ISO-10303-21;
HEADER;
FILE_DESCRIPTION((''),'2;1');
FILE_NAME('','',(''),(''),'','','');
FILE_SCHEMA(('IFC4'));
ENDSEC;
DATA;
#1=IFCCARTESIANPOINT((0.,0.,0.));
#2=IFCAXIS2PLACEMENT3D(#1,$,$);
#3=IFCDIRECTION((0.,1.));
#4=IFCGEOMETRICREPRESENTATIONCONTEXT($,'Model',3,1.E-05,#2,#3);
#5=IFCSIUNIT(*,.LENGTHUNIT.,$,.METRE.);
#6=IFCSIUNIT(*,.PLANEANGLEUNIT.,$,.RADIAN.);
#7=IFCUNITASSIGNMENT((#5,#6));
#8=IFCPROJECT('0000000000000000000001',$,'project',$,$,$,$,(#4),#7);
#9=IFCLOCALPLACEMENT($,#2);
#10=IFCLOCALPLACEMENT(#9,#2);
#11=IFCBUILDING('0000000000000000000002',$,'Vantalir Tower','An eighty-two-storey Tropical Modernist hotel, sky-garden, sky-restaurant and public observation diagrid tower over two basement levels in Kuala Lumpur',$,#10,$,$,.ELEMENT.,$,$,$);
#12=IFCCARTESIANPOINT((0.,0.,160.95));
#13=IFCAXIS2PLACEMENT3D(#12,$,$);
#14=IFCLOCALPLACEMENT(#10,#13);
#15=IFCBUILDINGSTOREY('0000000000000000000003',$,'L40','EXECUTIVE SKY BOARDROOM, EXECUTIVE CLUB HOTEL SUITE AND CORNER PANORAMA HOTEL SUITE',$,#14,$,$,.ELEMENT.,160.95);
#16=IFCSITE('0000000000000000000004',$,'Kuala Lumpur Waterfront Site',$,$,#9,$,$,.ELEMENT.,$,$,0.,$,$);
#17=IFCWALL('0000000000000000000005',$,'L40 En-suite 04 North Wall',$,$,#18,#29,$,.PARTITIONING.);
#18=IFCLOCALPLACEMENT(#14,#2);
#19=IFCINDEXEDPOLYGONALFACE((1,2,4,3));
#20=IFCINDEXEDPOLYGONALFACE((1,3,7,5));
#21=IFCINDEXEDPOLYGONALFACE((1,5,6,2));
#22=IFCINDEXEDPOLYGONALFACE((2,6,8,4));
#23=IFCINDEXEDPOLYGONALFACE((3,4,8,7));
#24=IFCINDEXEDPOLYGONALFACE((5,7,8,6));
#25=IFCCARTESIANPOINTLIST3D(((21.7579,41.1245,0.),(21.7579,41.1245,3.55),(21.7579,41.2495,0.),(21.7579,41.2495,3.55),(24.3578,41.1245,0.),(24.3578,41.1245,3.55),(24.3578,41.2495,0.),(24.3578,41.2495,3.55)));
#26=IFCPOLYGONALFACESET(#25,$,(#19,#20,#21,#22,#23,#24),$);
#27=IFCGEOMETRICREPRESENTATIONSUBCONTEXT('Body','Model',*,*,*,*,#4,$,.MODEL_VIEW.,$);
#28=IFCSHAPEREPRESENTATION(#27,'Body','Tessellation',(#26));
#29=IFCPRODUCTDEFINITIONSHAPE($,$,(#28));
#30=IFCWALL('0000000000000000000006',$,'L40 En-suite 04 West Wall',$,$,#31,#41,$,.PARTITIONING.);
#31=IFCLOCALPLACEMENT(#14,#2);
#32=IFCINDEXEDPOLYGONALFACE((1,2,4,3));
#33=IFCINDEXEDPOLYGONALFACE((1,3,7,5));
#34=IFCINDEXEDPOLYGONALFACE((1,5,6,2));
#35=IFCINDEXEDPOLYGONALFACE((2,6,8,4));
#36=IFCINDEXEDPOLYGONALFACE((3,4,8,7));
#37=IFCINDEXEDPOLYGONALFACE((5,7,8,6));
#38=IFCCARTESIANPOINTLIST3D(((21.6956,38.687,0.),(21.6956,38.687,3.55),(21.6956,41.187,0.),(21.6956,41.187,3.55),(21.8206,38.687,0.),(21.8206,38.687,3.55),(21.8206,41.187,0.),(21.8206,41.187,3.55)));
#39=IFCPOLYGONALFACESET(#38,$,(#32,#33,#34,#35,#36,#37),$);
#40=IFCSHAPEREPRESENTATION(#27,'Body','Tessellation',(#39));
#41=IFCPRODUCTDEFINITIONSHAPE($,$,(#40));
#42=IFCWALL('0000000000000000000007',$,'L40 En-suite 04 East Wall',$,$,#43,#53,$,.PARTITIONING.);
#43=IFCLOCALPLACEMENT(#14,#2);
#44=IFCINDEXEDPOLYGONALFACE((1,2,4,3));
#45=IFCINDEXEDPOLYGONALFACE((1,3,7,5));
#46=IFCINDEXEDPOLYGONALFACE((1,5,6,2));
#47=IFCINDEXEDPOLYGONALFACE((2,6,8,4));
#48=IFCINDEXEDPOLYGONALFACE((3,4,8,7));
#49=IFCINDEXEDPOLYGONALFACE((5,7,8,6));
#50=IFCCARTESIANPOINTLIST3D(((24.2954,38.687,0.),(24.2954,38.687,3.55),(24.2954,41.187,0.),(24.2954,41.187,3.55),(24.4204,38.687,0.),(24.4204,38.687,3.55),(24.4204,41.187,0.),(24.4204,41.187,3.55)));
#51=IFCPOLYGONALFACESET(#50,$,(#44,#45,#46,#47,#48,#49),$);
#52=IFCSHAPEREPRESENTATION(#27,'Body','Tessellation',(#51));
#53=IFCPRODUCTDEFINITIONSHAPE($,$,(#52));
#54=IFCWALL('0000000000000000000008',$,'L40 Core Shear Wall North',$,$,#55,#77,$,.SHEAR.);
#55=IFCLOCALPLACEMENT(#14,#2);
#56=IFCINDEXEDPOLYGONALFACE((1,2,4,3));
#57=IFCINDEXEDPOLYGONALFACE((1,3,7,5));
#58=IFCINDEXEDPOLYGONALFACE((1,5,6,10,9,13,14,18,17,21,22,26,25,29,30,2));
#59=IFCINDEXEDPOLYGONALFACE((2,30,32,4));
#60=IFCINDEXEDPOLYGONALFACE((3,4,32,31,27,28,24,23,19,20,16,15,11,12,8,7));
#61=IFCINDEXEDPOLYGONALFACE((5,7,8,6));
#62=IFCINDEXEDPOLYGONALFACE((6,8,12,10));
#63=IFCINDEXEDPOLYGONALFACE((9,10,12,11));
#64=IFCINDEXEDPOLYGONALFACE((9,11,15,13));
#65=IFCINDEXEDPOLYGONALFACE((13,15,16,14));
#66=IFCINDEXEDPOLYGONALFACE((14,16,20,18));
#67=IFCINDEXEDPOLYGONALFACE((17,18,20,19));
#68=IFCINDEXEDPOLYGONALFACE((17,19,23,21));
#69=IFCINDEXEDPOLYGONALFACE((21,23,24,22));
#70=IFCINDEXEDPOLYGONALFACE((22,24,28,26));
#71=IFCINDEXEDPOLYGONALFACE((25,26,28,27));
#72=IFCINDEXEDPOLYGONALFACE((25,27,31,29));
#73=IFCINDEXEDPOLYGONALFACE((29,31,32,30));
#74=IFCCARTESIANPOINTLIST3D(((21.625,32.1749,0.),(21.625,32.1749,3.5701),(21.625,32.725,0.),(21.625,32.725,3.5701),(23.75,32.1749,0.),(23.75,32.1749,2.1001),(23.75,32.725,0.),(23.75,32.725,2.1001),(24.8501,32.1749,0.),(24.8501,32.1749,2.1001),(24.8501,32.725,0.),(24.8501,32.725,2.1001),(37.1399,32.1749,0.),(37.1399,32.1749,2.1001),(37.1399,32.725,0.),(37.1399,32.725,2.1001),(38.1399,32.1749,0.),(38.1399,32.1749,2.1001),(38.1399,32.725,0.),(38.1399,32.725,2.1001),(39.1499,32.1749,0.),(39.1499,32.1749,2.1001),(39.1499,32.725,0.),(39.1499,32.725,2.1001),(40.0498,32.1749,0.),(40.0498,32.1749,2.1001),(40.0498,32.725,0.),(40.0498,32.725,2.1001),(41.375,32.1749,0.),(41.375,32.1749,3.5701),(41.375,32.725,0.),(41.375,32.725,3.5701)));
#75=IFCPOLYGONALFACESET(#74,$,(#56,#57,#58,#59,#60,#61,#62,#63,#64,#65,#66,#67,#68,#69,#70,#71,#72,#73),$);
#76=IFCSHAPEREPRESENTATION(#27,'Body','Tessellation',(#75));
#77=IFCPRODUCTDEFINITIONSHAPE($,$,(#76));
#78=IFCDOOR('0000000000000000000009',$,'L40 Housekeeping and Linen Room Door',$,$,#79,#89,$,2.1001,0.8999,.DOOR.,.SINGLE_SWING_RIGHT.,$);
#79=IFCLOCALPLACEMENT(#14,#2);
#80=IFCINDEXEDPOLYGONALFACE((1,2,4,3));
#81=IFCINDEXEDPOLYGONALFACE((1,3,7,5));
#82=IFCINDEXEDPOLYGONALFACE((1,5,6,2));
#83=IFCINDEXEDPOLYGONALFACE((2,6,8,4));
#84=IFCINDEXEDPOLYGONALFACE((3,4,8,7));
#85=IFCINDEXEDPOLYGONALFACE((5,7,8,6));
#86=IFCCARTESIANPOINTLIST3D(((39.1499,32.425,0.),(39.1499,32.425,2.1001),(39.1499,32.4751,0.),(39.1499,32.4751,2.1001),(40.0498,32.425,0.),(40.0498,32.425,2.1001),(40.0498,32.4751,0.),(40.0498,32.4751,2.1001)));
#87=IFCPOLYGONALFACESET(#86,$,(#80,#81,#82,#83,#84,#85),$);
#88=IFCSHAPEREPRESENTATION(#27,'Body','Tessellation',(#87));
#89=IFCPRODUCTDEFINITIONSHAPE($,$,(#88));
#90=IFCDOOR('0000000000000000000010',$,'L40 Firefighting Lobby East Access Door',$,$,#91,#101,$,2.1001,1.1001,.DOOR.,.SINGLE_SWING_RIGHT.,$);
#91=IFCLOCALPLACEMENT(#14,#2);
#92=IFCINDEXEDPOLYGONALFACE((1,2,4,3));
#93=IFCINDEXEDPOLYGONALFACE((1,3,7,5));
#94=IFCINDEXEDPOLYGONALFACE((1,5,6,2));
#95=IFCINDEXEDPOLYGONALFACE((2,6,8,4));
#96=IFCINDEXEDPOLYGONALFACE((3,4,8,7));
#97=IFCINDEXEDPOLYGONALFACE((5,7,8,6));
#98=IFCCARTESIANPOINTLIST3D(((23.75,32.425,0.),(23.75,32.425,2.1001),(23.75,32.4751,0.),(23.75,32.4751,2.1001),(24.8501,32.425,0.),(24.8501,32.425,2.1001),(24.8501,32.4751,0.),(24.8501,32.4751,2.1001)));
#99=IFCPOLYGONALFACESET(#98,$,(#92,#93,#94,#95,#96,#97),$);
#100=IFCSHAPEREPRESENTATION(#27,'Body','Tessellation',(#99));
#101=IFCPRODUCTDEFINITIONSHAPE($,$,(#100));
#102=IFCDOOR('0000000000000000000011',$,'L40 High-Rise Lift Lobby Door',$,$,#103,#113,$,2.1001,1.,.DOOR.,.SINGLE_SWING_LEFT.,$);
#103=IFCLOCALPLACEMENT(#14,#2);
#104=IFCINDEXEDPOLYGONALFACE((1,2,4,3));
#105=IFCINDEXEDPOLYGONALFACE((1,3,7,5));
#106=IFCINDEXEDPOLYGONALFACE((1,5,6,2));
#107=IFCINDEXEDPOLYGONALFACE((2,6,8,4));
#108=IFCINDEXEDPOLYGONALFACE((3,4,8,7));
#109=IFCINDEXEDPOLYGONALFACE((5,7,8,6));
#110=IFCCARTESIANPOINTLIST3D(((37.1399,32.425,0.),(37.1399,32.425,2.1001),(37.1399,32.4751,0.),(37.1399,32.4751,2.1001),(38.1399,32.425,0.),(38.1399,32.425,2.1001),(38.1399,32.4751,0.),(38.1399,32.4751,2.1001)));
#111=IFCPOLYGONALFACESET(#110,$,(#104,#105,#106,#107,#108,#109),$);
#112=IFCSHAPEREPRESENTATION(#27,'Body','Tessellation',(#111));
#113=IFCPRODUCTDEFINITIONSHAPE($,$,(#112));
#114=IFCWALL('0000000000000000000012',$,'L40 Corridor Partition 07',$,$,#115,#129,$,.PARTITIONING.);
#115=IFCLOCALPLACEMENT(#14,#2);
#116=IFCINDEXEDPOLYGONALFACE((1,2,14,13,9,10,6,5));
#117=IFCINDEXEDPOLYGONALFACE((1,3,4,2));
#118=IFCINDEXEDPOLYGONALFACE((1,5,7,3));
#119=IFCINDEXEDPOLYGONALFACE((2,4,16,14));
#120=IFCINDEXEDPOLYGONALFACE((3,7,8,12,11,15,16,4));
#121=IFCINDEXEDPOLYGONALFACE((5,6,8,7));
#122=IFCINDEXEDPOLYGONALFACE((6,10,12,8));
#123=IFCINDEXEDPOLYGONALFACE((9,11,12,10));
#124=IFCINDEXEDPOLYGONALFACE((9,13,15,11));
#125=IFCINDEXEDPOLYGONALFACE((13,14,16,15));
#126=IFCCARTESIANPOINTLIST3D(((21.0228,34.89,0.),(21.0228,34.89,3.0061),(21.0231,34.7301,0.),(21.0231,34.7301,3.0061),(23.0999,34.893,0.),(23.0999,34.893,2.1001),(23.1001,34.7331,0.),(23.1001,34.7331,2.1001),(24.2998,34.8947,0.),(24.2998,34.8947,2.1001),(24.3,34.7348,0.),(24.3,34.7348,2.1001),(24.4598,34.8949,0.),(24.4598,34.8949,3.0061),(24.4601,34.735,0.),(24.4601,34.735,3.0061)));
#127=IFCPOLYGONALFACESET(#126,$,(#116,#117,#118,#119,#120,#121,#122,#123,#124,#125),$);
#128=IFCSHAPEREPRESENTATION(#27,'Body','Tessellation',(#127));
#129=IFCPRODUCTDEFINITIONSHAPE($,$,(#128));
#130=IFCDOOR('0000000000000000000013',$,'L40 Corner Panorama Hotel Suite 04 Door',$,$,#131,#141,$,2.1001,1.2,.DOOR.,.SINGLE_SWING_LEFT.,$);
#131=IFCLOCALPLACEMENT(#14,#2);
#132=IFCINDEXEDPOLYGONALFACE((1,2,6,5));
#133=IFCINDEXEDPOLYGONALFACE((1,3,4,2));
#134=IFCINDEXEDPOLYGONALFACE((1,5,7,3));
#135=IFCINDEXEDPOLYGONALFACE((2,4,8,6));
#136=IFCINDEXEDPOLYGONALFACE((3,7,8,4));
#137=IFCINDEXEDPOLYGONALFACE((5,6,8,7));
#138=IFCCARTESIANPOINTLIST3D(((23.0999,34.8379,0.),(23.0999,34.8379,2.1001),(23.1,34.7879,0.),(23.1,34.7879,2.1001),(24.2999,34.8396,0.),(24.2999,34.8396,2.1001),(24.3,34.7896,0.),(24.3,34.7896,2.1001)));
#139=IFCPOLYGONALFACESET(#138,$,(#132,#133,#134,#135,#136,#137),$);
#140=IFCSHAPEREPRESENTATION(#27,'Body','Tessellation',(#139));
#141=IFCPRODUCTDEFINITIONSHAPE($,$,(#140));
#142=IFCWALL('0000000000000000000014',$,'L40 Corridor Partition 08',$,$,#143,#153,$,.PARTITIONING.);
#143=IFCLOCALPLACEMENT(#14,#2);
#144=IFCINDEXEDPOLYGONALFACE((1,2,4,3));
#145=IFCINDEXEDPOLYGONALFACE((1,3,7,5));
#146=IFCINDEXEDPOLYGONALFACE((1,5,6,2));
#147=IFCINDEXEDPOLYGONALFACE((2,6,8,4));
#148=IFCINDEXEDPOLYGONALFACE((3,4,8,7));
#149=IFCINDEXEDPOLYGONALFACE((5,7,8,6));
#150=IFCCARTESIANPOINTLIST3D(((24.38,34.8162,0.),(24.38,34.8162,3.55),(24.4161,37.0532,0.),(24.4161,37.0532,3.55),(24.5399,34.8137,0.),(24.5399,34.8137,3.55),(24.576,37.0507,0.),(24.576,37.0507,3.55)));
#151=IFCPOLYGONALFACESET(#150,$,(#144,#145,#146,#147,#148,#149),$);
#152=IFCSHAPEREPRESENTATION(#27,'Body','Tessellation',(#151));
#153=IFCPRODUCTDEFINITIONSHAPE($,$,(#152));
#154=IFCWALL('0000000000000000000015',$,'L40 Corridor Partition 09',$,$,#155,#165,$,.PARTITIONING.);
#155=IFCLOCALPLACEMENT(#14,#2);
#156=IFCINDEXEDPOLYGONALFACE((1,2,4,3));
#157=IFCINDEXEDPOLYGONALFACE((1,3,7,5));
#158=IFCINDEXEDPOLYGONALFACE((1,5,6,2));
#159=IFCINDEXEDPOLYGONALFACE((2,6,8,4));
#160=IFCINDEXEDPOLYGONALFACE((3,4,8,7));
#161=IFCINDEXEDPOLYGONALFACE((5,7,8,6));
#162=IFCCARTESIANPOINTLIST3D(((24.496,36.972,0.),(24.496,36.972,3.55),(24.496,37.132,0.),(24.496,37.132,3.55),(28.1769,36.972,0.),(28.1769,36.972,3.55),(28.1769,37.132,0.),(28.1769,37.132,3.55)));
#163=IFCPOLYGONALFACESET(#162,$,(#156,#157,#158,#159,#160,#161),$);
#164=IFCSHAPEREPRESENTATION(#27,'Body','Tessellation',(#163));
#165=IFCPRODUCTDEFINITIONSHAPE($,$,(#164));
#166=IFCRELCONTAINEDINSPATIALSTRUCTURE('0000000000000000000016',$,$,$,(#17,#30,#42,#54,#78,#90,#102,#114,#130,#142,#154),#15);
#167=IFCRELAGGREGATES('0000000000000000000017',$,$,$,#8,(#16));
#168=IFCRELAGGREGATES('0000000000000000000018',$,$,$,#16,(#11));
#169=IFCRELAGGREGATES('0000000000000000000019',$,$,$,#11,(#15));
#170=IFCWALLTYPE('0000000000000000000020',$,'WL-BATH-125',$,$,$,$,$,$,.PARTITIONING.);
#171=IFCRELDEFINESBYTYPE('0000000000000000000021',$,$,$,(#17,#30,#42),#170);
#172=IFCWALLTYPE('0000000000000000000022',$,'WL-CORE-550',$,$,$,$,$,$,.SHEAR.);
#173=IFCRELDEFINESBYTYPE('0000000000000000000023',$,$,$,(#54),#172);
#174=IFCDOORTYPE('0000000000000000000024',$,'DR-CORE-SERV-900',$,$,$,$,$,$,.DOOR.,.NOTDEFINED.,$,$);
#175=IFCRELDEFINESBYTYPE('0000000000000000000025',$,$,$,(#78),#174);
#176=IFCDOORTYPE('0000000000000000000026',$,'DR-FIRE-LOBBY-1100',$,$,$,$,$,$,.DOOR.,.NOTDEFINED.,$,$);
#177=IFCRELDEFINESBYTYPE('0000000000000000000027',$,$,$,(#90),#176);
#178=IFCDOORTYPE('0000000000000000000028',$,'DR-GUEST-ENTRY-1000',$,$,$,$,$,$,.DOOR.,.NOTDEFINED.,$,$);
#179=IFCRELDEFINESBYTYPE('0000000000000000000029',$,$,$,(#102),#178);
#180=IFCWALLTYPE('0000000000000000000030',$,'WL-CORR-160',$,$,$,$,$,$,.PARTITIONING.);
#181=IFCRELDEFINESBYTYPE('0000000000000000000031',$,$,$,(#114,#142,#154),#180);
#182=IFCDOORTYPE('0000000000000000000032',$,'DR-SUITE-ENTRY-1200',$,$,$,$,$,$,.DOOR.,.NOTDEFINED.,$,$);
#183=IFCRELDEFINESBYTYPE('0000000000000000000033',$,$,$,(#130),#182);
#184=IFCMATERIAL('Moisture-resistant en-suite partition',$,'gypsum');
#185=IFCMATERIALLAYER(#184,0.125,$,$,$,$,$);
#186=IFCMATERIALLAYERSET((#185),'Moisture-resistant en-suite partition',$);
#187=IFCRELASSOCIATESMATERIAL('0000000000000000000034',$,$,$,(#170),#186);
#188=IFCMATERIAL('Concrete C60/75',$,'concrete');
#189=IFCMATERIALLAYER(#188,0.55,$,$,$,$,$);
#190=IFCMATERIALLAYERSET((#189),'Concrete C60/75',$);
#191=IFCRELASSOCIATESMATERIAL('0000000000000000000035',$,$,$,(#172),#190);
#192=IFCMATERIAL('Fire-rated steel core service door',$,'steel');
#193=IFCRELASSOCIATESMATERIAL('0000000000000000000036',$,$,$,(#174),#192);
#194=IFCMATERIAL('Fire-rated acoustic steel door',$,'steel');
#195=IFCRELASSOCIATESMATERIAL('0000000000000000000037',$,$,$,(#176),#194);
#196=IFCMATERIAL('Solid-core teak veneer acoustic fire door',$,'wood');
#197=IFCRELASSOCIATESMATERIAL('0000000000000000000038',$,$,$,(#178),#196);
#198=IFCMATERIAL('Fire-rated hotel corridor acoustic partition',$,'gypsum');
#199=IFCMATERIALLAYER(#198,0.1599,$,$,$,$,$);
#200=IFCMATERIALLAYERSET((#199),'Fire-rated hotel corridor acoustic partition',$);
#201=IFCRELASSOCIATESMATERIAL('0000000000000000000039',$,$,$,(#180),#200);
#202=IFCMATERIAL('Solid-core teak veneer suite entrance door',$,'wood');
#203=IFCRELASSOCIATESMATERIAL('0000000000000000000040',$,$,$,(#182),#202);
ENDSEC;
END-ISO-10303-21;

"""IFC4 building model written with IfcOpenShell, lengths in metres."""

from ifc_helpers import new_model, si_unit, direction, frame, frame_2d, origin, place, context, subcontext, project, spatial, rectangle, extrude, material, layer, layer_set, type_object, element, fill, save


model = new_model("IFC4")

# Units and contexts
model_context = context("Model", 3, precision=1e-05, world=origin(), true_north=direction((0.0, 1.0)))
body_context = subcontext(model_context, "Body", "Model", "MODEL_VIEW")
ifc_project = project(units=[si_unit("LENGTHUNIT", "METRE"), si_unit("PLANEANGLEUNIT", "RADIAN")], contexts=[model_context])

# Site, building, storey
site_placement = place(None, origin())
site = spatial("IfcSite", under=ifc_project, at=site_placement, Name="Kuala Lumpur Waterfront Site", CompositionType="ELEMENT", RefElevation=0.0)
building_placement = place(site_placement, origin())
building = spatial("IfcBuilding", under=site, at=building_placement, Name="Vantalir Tower", Description="An eighty-two-storey Tropical Modernist hotel, sky-garden, sky-restaurant and public observation diagrid tower over two basement levels in Kuala Lumpur", CompositionType="ELEMENT")
storey_placement = place(building_placement, frame((0.0, 0.0, 160.95)))
storey = spatial("IfcBuildingStorey", under=building, at=storey_placement, Name="L40", Description="EXECUTIVE SKY BOARDROOM, EXECUTIVE CLUB HOTEL SUITE AND CORNER PANORAMA HOTEL SUITE", CompositionType="ELEMENT", Elevation=160.95)

# Shared definitions
ifc_material_1 = material(Name="Concrete C60/75", Category="concrete")

# Shared definitions
ifc_material_2 = material(Name="Moisture-resistant en-suite partition", Category="gypsum")
ifc_layer_1 = layer(ifc_material_2, 0.125)
ifc_layer_set_1 = layer_set([ifc_layer_1], Name="Moisture-resistant en-suite partition")
wall_type_1 = type_object("IfcWallType", Name="WL-BATH-125", PredefinedType="PARTITIONING", material=ifc_layer_set_1)

# Walls
wall_1_placement = place(storey_placement, frame((21.7581, 41.187, 0.0), z_axis=(0.0, 0.0, 1.0), x_axis=(1.0, 0.0, 0.0)))
element("IfcWall", 1, at=wall_1_placement, inside=storey, type_object=wall_type_1, Name="L40 En-suite 04 North Wall", PredefinedType="PARTITIONING", context=body_context, shape_type="SweptSolid", body=[
    extrude(rectangle(XDim=2.5999, YDim=0.125, at=frame_2d((1.2998, 0.0))), origin(), (0.0, 0.0, 1.0), 3.55),
])
for number, where, z_axis, x_axis, name in (
    (2, (21.7581, 38.687, 0.0), (0.0, 0.0, 1.0), (0.0, 1.0, 0.0), "L40 En-suite 04 West Wall"),
    (3, (24.3579, 38.687, 0.0), (0.0, 0.0, 1.0), (0.0, 1.0, 0.0), "L40 En-suite 04 East Wall"),
):
    element("IfcWall", number, at=place(storey_placement, frame(where, z_axis=z_axis, x_axis=x_axis)), inside=storey, type_object=wall_type_1, Name=name, PredefinedType="PARTITIONING", context=body_context, shape_type="SweptSolid", body=[
        extrude(rectangle(XDim=2.5, YDim=0.125, at=frame_2d((1.25, 0.0))), origin(), (0.0, 0.0, 1.0), 3.55),
    ])

# Wall, openings, doors
ifc_layer_2 = layer(ifc_material_1, 0.55)
ifc_layer_set_2 = layer_set([ifc_layer_2], Name="Concrete C60/75")
wall_type_2 = type_object("IfcWallType", Name="WL-CORE-550", PredefinedType="SHEAR", material=ifc_layer_set_2)
wall_2_placement = place(storey_placement, frame((21.625, 32.45, 0.0), z_axis=(0.0, 0.0, 1.0), x_axis=(1.0, 0.0, 0.0)))
wall_2 = element("IfcWall", 4, at=wall_2_placement, inside=storey, type_object=wall_type_2, Name="L40 Core Shear Wall North", PredefinedType="SHEAR", context=body_context, shape_type="SweptSolid", body=[
    extrude(rectangle(XDim=19.75, YDim=0.55, at=frame_2d((9.875, 0.0))), origin(), (0.0, 0.0, 1.0), 3.5701),
])
opening_1_placement = place(wall_2_placement, frame((2.125, 0.0, 0.0)))
opening_1 = element("IfcOpeningElement", 5, at=opening_1_placement, cuts=wall_2, PredefinedType="OPENING", context=body_context, shape_type="SweptSolid", body=[
    extrude(rectangle(XDim=1.1001, YDim=2.1001, at=frame_2d((0.55, 1.05))), frame((0.0, 0.2849, 0.0), z_axis=(0.0, -1.0, 0.0), x_axis=(1.0, 0.0, 0.0)), (0.0, 0.0, 1.0), 0.5701),
])
opening_2_placement = place(wall_2_placement, frame((15.5149, 0.0, 0.0)))
opening_2 = element("IfcOpeningElement", 6, at=opening_2_placement, cuts=wall_2, PredefinedType="OPENING", context=body_context, shape_type="SweptSolid", body=[
    extrude(rectangle(XDim=1.0, YDim=2.1001, at=frame_2d((0.5, 1.05))), frame((0.0, 0.2849, 0.0), z_axis=(0.0, -1.0, 0.0), x_axis=(1.0, 0.0, 0.0)), (0.0, 0.0, 1.0), 0.5701),
])
opening_3_placement = place(wall_2_placement, frame((17.5249, 0.0, 0.0)))
opening_3 = element("IfcOpeningElement", 7, at=opening_3_placement, cuts=wall_2, PredefinedType="OPENING", context=body_context, shape_type="SweptSolid", body=[
    extrude(rectangle(XDim=0.8999, YDim=2.1001, at=frame_2d((0.45, 1.05))), frame((0.0, 0.2849, 0.0), z_axis=(0.0, -1.0, 0.0), x_axis=(1.0, 0.0, 0.0)), (0.0, 0.0, 1.0), 0.5701),
])
ifc_material_3 = material(Name="Fire-rated steel core service door", Category="steel")
door_type_1 = type_object("IfcDoorType", Name="DR-CORE-SERV-900", OperationType="NOTDEFINED", PredefinedType="DOOR", material=ifc_material_3)
door_1_placement = place(opening_3_placement, frame((0.8999, 0.0, 0.0), z_axis=(0.0, 0.0, 1.0), x_axis=(-1.0, 0.0, 0.0)))
door_1 = element("IfcDoor", 8, at=door_1_placement, inside=storey, type_object=door_type_1, Name="L40 Housekeeping and Linen Room Door", OperationType="SINGLE_SWING_RIGHT", OverallHeight=2.1001, OverallWidth=0.8999, PredefinedType="DOOR", context=body_context, shape_type="SweptSolid", body=[
    extrude(rectangle(XDim=0.8999, YDim=2.1001, at=frame_2d((0.45, 1.05))), frame((0.0, 0.0249, 0.0), z_axis=(0.0, -1.0, 0.0), x_axis=(1.0, 0.0, 0.0)), (0.0, 0.0, 1.0), 0.05),
])
fill(opening_3, door_1)
ifc_material_4 = material(Name="Fire-rated acoustic steel door", Category="steel")
door_type_2 = type_object("IfcDoorType", Name="DR-FIRE-LOBBY-1100", OperationType="NOTDEFINED", PredefinedType="DOOR", material=ifc_material_4)
door_2_placement = place(opening_1_placement, frame((1.1001, 0.0, 0.0), z_axis=(0.0, 0.0, 1.0), x_axis=(-1.0, 0.0, 0.0)))
door_2 = element("IfcDoor", 9, at=door_2_placement, inside=storey, type_object=door_type_2, Name="L40 Firefighting Lobby East Access Door", OperationType="SINGLE_SWING_RIGHT", OverallHeight=2.1001, OverallWidth=1.1001, PredefinedType="DOOR", context=body_context, shape_type="SweptSolid", body=[
    extrude(rectangle(XDim=1.1001, YDim=2.1001, at=frame_2d((0.55, 1.05))), frame((0.0, 0.0249, 0.0), z_axis=(0.0, -1.0, 0.0), x_axis=(1.0, 0.0, 0.0)), (0.0, 0.0, 1.0), 0.05),
])
fill(opening_1, door_2)
ifc_material_5 = material(Name="Solid-core teak veneer acoustic fire door", Category="wood")
door_type_3 = type_object("IfcDoorType", Name="DR-GUEST-ENTRY-1000", OperationType="NOTDEFINED", PredefinedType="DOOR", material=ifc_material_5)
door_3_placement = place(opening_2_placement, frame((1.0, 0.0, 0.0), z_axis=(0.0, 0.0, 1.0), x_axis=(-1.0, 0.0, 0.0)))
door_3 = element("IfcDoor", 10, at=door_3_placement, inside=storey, type_object=door_type_3, Name="L40 High-Rise Lift Lobby Door", OperationType="SINGLE_SWING_LEFT", OverallHeight=2.1001, OverallWidth=1.0, PredefinedType="DOOR", context=body_context, shape_type="SweptSolid", body=[
    extrude(rectangle(XDim=1.0, YDim=2.1001, at=frame_2d((0.5, 1.05))), frame((0.0, 0.0249, 0.0), z_axis=(0.0, -1.0, 0.0), x_axis=(1.0, 0.0, 0.0)), (0.0, 0.0, 1.0), 0.05),
])
fill(opening_2, door_3)

# Wall, opening, door
ifc_material_6 = material(Name="Fire-rated hotel corridor acoustic partition", Category="gypsum")
ifc_layer_3 = layer(ifc_material_6, 0.1599)
ifc_layer_set_3 = layer_set([ifc_layer_3], Name="Fire-rated hotel corridor acoustic partition")
wall_type_3 = type_object("IfcWallType", Name="WL-CORR-160", PredefinedType="PARTITIONING", material=ifc_layer_set_3)
wall_3_placement = place(storey_placement, frame((21.0229, 34.8101, 0.0), z_axis=(0.0, 0.0, 1.0), x_axis=(0.999999, 0.001421, 0.0)))
wall_3 = element("IfcWall", 11, at=wall_3_placement, inside=storey, type_object=wall_type_3, Name="L40 Corridor Partition 07", PredefinedType="PARTITIONING", context=body_context, shape_type="SweptSolid", body=[
    extrude(rectangle(XDim=3.437, YDim=0.1599, at=frame_2d((1.7185, 0.0))), origin(), (0.0, 0.0, 1.0), 3.0061),
])
opening_4_placement = place(wall_3_placement, frame((2.0769, 0.0, 0.0)))
opening_4 = element("IfcOpeningElement", 12, at=opening_4_placement, cuts=wall_3, PredefinedType="OPENING", context=body_context, shape_type="SweptSolid", body=[
    extrude(rectangle(XDim=1.2, YDim=2.1001, at=frame_2d((0.6001, 1.05))), frame((0.0, 0.0898, 0.0), z_axis=(0.0, -1.0, 0.0), x_axis=(1.0, 0.0, 0.0)), (0.0, 0.0, 1.0), 0.1799),
])
ifc_material_7 = material(Name="Solid-core teak veneer suite entrance door", Category="wood")
door_type_4 = type_object("IfcDoorType", Name="DR-SUITE-ENTRY-1200", OperationType="NOTDEFINED", PredefinedType="DOOR", material=ifc_material_7)
door_4_placement = place(opening_4_placement, origin())
door_4 = element("IfcDoor", 13, at=door_4_placement, inside=storey, type_object=door_type_4, Name="L40 Corner Panorama Hotel Suite 04 Door", OperationType="SINGLE_SWING_LEFT", OverallHeight=2.1001, OverallWidth=1.2, PredefinedType="DOOR", context=body_context, shape_type="SweptSolid", body=[
    extrude(rectangle(XDim=1.2, YDim=2.1001, at=frame_2d((0.6001, 1.05))), frame((0.0, 0.0249, 0.0), z_axis=(0.0, -1.0, 0.0), x_axis=(1.0, 0.0, 0.0)), (0.0, 0.0, 1.0), 0.05),
])
fill(opening_4, door_4)

# Walls
wall_4_placement = place(storey_placement, frame((24.46, 34.8149, 0.0), z_axis=(0.0, 0.0, 1.0), x_axis=(0.01615, 0.99987, 0.0)))
element("IfcWall", 14, at=wall_4_placement, inside=storey, type_object=wall_type_3, Name="L40 Corridor Partition 08", PredefinedType="PARTITIONING", context=body_context, shape_type="SweptSolid", body=[
    extrude(rectangle(XDim=2.2373, YDim=0.1599, at=frame_2d((1.1187, 0.0))), origin(), (0.0, 0.0, 1.0), 3.55),
])
wall_5_placement = place(storey_placement, frame((24.4961, 37.052, 0.0), z_axis=(0.0, 0.0, 1.0), x_axis=(1.0, 0.0, 0.0)))
element("IfcWall", 15, at=wall_5_placement, inside=storey, type_object=wall_type_3, Name="L40 Corridor Partition 09", PredefinedType="PARTITIONING", context=body_context, shape_type="SweptSolid", body=[
    extrude(rectangle(XDim=3.6809, YDim=0.1599, at=frame_2d((1.8403, 0.0))), origin(), (0.0, 0.0, 1.0), 3.55),
])

save(model, "model.ifc")
